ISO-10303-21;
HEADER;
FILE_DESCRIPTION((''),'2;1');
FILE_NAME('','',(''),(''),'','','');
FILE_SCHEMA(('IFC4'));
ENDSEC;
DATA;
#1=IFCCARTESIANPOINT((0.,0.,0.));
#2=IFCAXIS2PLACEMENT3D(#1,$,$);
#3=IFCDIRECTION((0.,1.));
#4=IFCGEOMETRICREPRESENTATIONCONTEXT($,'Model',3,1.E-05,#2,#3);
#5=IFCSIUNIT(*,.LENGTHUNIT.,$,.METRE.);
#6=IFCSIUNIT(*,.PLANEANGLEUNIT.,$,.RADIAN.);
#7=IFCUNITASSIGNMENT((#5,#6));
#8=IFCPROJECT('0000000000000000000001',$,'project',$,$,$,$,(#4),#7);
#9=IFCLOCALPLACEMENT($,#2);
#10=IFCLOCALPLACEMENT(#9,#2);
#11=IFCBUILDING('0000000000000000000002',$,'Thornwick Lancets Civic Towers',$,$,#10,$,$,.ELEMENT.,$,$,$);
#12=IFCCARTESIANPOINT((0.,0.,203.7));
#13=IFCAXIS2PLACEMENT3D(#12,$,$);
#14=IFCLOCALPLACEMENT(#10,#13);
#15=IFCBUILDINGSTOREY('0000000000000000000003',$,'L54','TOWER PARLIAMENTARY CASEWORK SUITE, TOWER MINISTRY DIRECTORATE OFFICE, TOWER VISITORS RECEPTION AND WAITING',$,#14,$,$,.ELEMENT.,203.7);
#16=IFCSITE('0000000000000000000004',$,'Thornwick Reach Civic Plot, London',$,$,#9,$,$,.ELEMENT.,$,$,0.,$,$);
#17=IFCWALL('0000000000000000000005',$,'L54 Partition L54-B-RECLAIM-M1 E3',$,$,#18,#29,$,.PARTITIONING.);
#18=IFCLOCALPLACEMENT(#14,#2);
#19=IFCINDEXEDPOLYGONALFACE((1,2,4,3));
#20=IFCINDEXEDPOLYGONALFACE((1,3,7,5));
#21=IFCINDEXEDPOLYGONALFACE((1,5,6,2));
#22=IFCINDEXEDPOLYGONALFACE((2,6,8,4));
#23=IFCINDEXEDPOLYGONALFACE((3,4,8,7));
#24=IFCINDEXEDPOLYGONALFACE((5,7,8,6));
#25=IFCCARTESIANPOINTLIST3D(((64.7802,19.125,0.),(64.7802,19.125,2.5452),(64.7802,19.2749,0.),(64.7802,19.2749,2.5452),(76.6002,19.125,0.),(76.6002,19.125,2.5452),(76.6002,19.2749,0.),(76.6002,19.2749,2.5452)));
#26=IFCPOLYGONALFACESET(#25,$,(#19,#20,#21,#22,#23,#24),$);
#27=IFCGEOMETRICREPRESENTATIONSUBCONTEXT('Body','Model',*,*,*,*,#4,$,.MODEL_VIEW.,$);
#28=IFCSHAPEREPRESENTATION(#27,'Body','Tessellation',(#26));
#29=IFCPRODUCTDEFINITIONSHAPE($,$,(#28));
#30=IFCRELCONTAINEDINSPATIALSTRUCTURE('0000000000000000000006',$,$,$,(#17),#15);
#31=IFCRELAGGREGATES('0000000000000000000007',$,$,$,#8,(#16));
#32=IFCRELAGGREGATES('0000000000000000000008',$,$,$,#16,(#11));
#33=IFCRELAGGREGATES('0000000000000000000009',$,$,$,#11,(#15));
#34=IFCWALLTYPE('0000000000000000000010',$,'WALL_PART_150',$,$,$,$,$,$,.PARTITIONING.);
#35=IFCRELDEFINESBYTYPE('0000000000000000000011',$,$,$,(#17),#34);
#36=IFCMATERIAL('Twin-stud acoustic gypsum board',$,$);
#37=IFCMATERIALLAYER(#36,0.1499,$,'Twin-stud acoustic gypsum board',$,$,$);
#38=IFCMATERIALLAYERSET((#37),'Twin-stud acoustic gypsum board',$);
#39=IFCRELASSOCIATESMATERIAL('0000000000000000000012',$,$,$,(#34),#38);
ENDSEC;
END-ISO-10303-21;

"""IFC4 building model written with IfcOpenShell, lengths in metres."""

from ifc_helpers import new_model, si_unit, direction, frame, frame_2d, origin, place, context, subcontext, project, spatial, rectangle, extrude, material, layer, layer_set, type_object, element, save


model = new_model("IFC4")

# Units and contexts
model_context = context("Model", 3, precision=1e-05, world=origin(), true_north=direction((0.0, 1.0)))
body_context = subcontext(model_context, "Body", "Model", "MODEL_VIEW")
ifc_project = project(units=[si_unit("LENGTHUNIT", "METRE"), si_unit("PLANEANGLEUNIT", "RADIAN")], contexts=[model_context])

# Site, building, storey
site_placement = place(None, origin())
site = spatial("IfcSite", under=ifc_project, at=site_placement, Name="Thornwick Reach Civic Plot, London", CompositionType="ELEMENT", RefElevation=0.0)
building_placement = place(site_placement, origin())
building = spatial("IfcBuilding", under=site, at=building_placement, Name="Thornwick Lancets Civic Towers", CompositionType="ELEMENT")
storey_placement = place(building_placement, frame((0.0, 0.0, 203.7)))
storey = spatial("IfcBuildingStorey", under=building, at=storey_placement, Name="L54", Description="TOWER PARLIAMENTARY CASEWORK SUITE, TOWER MINISTRY DIRECTORATE OFFICE, TOWER VISITORS RECEPTION AND WAITING", CompositionType="ELEMENT", Elevation=203.7)

# Wall
ifc_material_1 = material(Name="Twin-stud acoustic gypsum board")
ifc_layer_1 = layer(ifc_material_1, 0.1499, Name="Twin-stud acoustic gypsum board")
ifc_layer_set_1 = layer_set([ifc_layer_1], Name="Twin-stud acoustic gypsum board")
wall_type_1 = type_object("IfcWallType", Name="WALL_PART_150", PredefinedType="PARTITIONING", material=ifc_layer_set_1)
wall_1_placement = place(storey_placement, frame((64.78, 19.2, 0.0), z_axis=(0.0, 0.0, 1.0), x_axis=(1.0, 0.0, 0.0)))
element("IfcWall", 1, at=wall_1_placement, inside=storey, type_object=wall_type_1, Name="L54 Partition L54-B-RECLAIM-M1 E3", PredefinedType="PARTITIONING", context=body_context, shape_type="SweptSolid", body=[
    extrude(rectangle(XDim=11.8201, YDim=0.1499, at=frame_2d((5.9102, 0.0))), origin(), (0.0, 0.0, 1.0), 2.5452),
])

save(model, "model.ifc")
